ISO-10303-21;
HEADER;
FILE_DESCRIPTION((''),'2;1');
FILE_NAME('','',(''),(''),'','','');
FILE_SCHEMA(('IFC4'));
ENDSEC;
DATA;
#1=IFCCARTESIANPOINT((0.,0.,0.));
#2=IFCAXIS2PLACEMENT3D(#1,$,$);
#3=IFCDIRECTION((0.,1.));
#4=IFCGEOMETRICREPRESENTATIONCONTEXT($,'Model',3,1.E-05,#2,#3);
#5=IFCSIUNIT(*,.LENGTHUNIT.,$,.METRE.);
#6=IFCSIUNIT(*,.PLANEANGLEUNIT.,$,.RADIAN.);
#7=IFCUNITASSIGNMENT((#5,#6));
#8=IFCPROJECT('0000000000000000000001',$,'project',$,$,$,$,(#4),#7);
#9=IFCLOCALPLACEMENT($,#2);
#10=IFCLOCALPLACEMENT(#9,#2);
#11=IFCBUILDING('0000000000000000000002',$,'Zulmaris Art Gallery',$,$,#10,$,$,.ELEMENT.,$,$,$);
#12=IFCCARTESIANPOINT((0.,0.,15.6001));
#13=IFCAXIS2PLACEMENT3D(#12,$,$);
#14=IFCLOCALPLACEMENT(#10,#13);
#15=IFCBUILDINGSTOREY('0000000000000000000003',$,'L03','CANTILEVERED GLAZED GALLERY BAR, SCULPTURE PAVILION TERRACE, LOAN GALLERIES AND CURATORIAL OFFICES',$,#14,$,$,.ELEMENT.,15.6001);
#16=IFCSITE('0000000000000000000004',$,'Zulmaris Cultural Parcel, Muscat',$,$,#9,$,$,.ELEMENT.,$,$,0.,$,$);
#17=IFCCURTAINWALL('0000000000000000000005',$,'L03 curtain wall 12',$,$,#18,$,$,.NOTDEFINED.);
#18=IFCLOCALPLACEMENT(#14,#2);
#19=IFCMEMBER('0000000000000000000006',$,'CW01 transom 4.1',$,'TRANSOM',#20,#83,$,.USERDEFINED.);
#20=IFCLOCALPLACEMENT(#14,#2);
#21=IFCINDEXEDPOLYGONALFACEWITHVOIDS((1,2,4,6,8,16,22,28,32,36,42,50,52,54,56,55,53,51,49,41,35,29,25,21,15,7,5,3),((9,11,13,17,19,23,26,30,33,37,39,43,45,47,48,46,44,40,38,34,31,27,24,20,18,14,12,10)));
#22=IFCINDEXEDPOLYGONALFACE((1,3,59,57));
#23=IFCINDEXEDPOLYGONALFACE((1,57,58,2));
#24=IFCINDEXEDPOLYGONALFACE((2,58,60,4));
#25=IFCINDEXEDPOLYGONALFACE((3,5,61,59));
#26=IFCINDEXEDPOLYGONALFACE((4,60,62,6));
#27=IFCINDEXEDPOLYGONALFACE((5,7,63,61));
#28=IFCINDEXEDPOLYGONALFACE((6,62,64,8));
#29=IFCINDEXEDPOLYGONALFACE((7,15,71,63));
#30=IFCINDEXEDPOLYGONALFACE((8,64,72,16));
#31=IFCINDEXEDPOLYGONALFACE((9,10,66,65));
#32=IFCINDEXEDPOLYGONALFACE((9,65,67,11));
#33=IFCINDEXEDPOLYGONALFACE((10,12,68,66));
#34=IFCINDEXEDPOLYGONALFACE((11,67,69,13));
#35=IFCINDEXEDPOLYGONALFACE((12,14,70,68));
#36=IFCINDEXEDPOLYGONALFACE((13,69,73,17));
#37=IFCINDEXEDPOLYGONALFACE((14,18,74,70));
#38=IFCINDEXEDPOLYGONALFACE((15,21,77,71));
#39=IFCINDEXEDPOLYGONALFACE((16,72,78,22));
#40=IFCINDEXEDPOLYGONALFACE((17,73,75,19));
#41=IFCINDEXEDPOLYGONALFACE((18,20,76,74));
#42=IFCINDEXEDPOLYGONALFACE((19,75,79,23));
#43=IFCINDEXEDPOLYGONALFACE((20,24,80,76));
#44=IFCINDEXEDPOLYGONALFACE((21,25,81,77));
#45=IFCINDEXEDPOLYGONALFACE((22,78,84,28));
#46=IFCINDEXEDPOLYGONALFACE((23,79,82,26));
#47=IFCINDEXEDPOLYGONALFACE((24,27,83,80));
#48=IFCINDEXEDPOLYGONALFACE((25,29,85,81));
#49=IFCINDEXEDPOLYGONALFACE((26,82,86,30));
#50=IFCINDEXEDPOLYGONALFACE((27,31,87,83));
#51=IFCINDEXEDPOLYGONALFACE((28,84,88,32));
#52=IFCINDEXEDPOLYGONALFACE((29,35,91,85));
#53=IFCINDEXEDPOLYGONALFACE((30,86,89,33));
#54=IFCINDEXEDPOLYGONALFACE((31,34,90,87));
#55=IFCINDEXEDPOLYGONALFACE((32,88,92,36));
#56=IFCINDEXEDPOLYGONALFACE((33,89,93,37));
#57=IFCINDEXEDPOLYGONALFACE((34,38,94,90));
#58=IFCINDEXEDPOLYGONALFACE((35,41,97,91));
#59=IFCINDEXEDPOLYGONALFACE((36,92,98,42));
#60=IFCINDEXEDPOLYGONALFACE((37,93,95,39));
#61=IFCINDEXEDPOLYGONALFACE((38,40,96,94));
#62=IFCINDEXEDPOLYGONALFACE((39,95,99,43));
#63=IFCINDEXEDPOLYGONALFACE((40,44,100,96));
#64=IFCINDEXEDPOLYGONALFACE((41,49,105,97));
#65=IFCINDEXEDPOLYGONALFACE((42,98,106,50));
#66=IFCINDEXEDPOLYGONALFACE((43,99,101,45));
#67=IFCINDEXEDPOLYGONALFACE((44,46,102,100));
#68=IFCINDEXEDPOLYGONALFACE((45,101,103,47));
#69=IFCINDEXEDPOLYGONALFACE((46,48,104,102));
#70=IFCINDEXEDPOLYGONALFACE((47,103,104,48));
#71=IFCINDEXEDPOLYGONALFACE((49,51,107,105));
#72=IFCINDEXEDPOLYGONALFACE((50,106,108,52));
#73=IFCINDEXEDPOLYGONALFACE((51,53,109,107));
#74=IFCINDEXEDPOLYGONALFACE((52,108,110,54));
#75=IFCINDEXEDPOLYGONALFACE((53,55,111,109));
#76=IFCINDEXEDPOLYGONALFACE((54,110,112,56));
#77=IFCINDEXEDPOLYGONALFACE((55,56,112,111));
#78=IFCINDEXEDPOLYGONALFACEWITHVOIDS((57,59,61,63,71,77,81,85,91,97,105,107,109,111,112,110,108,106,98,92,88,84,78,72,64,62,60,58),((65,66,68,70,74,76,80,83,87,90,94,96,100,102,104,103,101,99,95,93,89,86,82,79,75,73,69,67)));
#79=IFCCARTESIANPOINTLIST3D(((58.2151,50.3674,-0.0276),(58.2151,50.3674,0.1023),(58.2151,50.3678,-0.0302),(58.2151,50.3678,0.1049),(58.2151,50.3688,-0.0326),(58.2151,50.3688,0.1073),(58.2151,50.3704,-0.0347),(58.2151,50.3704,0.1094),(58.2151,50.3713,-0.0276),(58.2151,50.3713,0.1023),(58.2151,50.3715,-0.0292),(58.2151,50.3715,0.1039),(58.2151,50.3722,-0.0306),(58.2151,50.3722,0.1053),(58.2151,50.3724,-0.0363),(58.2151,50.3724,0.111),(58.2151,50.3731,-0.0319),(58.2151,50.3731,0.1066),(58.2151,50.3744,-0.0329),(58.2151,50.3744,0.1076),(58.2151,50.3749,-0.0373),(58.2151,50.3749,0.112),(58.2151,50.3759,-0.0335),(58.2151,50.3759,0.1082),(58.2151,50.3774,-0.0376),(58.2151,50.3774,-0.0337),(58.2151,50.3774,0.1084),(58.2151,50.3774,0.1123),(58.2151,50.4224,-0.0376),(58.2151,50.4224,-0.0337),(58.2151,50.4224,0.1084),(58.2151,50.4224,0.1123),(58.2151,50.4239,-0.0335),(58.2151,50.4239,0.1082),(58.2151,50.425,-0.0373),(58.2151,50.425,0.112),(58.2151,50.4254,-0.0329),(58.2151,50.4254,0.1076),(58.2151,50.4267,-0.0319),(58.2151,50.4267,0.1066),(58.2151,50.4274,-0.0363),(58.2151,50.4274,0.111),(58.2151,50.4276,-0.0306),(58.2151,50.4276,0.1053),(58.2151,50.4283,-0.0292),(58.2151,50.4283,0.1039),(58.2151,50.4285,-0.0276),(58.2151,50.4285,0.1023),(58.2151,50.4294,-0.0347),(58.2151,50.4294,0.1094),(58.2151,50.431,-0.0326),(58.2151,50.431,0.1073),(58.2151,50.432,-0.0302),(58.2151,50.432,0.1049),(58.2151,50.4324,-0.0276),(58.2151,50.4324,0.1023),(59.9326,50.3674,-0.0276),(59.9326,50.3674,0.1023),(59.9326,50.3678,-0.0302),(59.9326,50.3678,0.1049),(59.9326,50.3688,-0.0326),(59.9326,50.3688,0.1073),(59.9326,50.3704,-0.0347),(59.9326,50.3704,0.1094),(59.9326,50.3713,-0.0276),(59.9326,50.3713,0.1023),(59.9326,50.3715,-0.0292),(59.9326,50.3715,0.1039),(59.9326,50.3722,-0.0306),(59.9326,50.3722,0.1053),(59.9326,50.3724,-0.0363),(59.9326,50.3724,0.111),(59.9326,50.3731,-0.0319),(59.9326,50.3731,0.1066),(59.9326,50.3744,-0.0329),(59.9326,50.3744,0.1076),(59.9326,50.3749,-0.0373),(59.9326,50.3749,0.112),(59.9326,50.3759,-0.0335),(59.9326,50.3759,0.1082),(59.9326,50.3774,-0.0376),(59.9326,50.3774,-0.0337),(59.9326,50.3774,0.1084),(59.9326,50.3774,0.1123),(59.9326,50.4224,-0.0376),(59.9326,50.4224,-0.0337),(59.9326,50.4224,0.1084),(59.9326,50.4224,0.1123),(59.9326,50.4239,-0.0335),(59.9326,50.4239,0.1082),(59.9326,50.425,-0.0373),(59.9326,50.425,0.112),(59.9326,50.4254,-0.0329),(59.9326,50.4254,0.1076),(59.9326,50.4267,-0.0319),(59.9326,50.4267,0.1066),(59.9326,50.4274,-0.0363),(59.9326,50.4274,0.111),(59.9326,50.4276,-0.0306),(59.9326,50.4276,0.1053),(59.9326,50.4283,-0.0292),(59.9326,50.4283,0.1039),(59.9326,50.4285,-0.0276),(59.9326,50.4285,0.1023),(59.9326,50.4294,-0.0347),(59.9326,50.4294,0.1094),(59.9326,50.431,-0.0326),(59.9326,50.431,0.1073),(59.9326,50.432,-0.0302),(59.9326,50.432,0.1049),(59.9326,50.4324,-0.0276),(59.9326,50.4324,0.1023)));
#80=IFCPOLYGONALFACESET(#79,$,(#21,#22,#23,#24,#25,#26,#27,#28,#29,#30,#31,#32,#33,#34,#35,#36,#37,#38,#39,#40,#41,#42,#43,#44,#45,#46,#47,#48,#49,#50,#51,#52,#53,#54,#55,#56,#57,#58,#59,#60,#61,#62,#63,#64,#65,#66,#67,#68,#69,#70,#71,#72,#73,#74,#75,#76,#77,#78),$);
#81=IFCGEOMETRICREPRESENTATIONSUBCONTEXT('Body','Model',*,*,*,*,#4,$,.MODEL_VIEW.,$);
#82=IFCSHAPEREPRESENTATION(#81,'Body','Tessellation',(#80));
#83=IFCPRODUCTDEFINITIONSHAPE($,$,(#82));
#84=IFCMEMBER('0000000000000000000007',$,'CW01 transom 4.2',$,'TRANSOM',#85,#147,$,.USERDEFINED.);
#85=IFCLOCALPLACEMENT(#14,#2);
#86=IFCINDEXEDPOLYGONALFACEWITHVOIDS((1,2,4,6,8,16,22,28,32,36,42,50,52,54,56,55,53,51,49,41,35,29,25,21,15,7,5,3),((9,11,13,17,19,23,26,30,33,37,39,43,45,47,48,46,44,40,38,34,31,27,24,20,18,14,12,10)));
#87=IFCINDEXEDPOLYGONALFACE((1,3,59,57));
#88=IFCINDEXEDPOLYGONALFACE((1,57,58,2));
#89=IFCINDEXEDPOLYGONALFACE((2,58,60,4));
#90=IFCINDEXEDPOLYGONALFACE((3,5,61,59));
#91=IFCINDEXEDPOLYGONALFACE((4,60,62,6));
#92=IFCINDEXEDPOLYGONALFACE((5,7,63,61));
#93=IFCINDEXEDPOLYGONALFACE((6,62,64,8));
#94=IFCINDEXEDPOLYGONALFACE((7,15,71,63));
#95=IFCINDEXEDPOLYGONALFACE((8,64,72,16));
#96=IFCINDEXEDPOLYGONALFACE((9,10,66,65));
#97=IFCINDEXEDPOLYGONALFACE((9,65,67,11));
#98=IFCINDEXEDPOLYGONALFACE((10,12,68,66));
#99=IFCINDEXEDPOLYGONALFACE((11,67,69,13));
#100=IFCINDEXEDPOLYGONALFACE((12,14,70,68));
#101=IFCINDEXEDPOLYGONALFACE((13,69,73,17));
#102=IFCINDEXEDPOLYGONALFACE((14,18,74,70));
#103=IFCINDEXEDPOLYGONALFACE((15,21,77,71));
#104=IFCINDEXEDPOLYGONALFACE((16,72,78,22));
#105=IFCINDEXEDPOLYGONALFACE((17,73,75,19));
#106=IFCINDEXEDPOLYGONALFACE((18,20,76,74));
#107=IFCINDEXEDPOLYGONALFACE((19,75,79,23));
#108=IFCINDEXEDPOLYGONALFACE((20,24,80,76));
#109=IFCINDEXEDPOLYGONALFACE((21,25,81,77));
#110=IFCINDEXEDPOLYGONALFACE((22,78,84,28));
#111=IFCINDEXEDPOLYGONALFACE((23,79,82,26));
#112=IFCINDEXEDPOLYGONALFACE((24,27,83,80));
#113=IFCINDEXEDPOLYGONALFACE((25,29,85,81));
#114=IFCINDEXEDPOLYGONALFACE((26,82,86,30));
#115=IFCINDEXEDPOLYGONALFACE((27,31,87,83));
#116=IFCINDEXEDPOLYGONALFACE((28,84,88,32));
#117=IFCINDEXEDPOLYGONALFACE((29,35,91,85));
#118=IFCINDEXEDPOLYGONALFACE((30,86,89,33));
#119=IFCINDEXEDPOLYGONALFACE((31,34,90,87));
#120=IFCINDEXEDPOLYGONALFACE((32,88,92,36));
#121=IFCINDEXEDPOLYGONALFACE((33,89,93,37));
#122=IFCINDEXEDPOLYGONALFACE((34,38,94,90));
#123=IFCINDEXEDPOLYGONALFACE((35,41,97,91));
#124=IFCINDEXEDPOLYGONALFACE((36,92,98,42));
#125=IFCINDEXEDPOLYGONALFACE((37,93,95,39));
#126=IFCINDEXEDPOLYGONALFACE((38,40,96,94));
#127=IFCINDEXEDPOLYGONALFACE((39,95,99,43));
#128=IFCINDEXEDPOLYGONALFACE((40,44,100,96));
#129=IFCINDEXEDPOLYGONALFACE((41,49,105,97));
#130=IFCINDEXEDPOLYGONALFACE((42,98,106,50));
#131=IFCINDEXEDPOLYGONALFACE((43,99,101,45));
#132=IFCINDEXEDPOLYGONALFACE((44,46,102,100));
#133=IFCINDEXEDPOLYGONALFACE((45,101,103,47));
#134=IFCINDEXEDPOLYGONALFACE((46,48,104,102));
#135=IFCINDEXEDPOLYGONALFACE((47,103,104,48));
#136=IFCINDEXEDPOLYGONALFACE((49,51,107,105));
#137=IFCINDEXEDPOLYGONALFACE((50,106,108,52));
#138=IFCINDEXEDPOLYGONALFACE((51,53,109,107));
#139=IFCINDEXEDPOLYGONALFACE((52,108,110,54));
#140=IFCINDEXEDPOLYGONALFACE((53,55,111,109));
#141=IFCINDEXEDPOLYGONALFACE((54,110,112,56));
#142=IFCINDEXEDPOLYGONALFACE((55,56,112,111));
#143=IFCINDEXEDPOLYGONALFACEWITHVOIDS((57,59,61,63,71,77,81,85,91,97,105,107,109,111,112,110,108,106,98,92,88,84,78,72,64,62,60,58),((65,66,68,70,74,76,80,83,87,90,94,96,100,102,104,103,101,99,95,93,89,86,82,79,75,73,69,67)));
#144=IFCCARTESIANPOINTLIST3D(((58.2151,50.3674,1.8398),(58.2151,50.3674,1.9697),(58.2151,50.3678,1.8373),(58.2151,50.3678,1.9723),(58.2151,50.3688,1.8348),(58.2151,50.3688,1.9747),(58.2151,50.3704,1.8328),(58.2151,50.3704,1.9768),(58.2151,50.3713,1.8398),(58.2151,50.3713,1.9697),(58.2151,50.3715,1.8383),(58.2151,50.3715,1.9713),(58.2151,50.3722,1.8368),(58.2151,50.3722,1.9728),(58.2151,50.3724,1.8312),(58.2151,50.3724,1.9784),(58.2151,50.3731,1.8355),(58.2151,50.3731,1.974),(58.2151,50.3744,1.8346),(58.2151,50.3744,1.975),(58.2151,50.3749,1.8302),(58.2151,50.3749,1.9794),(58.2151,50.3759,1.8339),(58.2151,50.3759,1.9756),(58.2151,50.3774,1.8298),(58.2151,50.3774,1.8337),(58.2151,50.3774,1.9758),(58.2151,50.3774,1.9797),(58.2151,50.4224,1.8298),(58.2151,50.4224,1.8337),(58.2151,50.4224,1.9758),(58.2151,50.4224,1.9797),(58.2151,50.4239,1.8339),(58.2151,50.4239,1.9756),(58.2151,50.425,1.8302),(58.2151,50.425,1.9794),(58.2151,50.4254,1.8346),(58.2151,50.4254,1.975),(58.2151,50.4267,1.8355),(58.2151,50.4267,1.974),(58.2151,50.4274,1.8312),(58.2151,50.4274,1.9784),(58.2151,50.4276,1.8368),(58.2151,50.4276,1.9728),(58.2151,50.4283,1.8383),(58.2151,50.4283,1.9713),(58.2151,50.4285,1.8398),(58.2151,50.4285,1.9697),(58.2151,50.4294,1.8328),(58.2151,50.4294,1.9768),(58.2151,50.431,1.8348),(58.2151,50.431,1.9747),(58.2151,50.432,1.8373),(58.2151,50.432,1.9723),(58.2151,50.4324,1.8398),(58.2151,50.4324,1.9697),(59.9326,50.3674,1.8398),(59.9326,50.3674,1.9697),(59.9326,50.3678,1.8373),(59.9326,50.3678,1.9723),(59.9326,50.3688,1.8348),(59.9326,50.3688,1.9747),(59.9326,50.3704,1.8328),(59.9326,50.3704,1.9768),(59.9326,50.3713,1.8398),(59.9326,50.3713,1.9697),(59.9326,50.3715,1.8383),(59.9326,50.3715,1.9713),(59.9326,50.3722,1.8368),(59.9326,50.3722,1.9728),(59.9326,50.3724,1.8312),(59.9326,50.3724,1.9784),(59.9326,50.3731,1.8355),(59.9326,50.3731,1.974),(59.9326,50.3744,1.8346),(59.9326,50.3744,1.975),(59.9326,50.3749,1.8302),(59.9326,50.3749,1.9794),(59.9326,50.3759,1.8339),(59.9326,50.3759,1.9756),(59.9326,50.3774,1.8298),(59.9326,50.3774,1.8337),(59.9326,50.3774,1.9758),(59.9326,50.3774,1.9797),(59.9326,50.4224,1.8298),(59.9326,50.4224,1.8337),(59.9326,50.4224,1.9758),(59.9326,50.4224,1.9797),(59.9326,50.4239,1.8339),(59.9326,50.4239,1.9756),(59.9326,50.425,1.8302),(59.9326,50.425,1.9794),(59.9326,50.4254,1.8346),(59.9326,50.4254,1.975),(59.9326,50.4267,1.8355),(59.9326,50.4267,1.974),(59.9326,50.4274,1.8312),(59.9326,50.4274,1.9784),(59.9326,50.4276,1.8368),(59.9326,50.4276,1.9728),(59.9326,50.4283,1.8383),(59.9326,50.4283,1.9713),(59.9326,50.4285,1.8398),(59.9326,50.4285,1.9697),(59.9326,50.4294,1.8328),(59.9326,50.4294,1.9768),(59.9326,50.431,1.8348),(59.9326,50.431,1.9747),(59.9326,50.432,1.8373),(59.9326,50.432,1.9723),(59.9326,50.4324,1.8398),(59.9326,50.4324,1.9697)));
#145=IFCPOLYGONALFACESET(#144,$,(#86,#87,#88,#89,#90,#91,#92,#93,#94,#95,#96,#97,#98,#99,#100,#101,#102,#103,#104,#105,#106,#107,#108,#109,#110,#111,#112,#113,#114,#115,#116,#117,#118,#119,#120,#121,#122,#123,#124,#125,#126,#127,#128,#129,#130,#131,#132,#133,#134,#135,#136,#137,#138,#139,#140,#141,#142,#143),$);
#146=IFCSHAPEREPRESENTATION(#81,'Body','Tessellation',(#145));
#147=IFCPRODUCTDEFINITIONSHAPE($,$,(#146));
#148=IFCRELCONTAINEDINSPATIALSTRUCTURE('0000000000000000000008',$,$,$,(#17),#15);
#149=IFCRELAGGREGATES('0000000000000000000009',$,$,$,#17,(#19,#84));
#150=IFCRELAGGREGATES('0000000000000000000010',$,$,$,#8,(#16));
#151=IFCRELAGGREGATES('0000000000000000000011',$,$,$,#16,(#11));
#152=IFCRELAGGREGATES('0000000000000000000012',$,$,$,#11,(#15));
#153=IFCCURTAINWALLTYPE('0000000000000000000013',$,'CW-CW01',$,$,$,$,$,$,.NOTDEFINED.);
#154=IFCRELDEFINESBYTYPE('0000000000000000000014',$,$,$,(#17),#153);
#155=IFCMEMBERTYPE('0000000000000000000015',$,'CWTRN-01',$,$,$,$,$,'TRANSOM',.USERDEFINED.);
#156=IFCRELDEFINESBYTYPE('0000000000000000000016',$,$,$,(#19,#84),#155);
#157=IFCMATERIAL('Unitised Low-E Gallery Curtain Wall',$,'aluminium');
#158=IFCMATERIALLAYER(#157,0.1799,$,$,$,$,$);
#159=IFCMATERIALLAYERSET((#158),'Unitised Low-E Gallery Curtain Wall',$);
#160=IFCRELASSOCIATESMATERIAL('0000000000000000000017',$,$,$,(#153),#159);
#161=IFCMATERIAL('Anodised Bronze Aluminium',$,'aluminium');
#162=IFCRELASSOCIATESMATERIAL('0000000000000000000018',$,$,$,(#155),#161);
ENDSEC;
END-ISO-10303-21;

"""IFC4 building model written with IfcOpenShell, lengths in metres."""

from ifc_helpers import new_model, si_unit, direction, frame, origin, origin_2d, place, context, subcontext, project, spatial, hollow_rectangle, extrude, material, layer, layer_set, material_profile, profile_set, type_object, element, aggregate, save


model = new_model("IFC4")

# Units and contexts
model_context = context("Model", 3, precision=1e-05, world=origin(), true_north=direction((0.0, 1.0)))
body_context = subcontext(model_context, "Body", "Model", "MODEL_VIEW")
ifc_project = project(units=[si_unit("LENGTHUNIT", "METRE"), si_unit("PLANEANGLEUNIT", "RADIAN")], contexts=[model_context])

# Site, building, storey
site_placement = place(None, origin())
site = spatial("IfcSite", under=ifc_project, at=site_placement, Name="Zulmaris Cultural Parcel, Muscat", CompositionType="ELEMENT", RefElevation=0.0)
building_placement = place(site_placement, origin())
building = spatial("IfcBuilding", under=site, at=building_placement, Name="Zulmaris Art Gallery", CompositionType="ELEMENT")
storey_placement = place(building_placement, frame((0.0, 0.0, 15.6001)))
storey = spatial("IfcBuildingStorey", under=building, at=storey_placement, Name="L03", Description="CANTILEVERED GLAZED GALLERY BAR, SCULPTURE PAVILION TERRACE, LOAN GALLERIES AND CURATORIAL OFFICES", CompositionType="ELEMENT", Elevation=15.6001)

# Curtain wall
ifc_material_1 = material(Name="Unitised Low-E Gallery Curtain Wall", Category="aluminium")
ifc_layer_1 = layer(ifc_material_1, 0.1799)
ifc_layer_set_1 = layer_set([ifc_layer_1], Name="Unitised Low-E Gallery Curtain Wall")
curtain_wall_type = type_object("IfcCurtainWallType", Name="CW-CW01", PredefinedType="NOTDEFINED", material=ifc_layer_set_1)
ifc_material_2 = material(Name="Anodised Bronze Aluminium", Category="aluminium")
curtain_wall_1_placement = place(storey_placement, origin())
curtain_wall_1 = element("IfcCurtainWall", 1, at=curtain_wall_1_placement, inside=storey, type_object=curtain_wall_type, Name="L03 curtain wall 12", PredefinedType="NOTDEFINED")

# Members
ifc_material_profile_1 = material_profile(ifc_material_2, hollow_rectangle(XDim=0.0649, YDim=0.1499, WallThickness=0.0039, InnerFilletRadius=0.0061, OuterFilletRadius=0.01, at=origin_2d()), Name="ALU 65x150x4")
ifc_profile_set_1 = profile_set([ifc_material_profile_1], Name="Anodised Bronze Aluminium")
member_type_1 = type_object("IfcMemberType", Name="CWTRN-01", ElementType="TRANSOM", PredefinedType="USERDEFINED", material=ifc_profile_set_1)
member_1_placement = place(storey_placement, frame((59.9326, 50.3999, 0.0374), z_axis=(-1.0, 0.0, 0.0), x_axis=(0.0, -1.0, 0.0)))
member_1 = element("IfcMember", 2, at=member_1_placement, type_object=member_type_1, Name="CW01 transom 4.1", ObjectType="TRANSOM", PredefinedType="USERDEFINED", context=body_context, shape_type="SweptSolid", body=[
    extrude(hollow_rectangle(XDim=0.0649, YDim=0.1499, WallThickness=0.0039, InnerFilletRadius=0.0061, OuterFilletRadius=0.01, at=origin_2d()), origin(), (0.0, 0.0, 1.0), 1.7175),
])
member_2_placement = place(storey_placement, frame((59.9326, 50.3999, 1.9048), z_axis=(-1.0, 0.0, 0.0), x_axis=(0.0, -1.0, 0.0)))
member_2 = element("IfcMember", 3, at=member_2_placement, type_object=member_type_1, Name="CW01 transom 4.2", ObjectType="TRANSOM", PredefinedType="USERDEFINED", context=body_context, shape_type="SweptSolid", body=[
    extrude(hollow_rectangle(XDim=0.0649, YDim=0.1499, WallThickness=0.0039, InnerFilletRadius=0.0061, OuterFilletRadius=0.01, at=origin_2d()), origin(), (0.0, 0.0, 1.0), 1.7175),
])

aggregate(curtain_wall_1, [member_1, member_2])

save(model, "model.ifc")
